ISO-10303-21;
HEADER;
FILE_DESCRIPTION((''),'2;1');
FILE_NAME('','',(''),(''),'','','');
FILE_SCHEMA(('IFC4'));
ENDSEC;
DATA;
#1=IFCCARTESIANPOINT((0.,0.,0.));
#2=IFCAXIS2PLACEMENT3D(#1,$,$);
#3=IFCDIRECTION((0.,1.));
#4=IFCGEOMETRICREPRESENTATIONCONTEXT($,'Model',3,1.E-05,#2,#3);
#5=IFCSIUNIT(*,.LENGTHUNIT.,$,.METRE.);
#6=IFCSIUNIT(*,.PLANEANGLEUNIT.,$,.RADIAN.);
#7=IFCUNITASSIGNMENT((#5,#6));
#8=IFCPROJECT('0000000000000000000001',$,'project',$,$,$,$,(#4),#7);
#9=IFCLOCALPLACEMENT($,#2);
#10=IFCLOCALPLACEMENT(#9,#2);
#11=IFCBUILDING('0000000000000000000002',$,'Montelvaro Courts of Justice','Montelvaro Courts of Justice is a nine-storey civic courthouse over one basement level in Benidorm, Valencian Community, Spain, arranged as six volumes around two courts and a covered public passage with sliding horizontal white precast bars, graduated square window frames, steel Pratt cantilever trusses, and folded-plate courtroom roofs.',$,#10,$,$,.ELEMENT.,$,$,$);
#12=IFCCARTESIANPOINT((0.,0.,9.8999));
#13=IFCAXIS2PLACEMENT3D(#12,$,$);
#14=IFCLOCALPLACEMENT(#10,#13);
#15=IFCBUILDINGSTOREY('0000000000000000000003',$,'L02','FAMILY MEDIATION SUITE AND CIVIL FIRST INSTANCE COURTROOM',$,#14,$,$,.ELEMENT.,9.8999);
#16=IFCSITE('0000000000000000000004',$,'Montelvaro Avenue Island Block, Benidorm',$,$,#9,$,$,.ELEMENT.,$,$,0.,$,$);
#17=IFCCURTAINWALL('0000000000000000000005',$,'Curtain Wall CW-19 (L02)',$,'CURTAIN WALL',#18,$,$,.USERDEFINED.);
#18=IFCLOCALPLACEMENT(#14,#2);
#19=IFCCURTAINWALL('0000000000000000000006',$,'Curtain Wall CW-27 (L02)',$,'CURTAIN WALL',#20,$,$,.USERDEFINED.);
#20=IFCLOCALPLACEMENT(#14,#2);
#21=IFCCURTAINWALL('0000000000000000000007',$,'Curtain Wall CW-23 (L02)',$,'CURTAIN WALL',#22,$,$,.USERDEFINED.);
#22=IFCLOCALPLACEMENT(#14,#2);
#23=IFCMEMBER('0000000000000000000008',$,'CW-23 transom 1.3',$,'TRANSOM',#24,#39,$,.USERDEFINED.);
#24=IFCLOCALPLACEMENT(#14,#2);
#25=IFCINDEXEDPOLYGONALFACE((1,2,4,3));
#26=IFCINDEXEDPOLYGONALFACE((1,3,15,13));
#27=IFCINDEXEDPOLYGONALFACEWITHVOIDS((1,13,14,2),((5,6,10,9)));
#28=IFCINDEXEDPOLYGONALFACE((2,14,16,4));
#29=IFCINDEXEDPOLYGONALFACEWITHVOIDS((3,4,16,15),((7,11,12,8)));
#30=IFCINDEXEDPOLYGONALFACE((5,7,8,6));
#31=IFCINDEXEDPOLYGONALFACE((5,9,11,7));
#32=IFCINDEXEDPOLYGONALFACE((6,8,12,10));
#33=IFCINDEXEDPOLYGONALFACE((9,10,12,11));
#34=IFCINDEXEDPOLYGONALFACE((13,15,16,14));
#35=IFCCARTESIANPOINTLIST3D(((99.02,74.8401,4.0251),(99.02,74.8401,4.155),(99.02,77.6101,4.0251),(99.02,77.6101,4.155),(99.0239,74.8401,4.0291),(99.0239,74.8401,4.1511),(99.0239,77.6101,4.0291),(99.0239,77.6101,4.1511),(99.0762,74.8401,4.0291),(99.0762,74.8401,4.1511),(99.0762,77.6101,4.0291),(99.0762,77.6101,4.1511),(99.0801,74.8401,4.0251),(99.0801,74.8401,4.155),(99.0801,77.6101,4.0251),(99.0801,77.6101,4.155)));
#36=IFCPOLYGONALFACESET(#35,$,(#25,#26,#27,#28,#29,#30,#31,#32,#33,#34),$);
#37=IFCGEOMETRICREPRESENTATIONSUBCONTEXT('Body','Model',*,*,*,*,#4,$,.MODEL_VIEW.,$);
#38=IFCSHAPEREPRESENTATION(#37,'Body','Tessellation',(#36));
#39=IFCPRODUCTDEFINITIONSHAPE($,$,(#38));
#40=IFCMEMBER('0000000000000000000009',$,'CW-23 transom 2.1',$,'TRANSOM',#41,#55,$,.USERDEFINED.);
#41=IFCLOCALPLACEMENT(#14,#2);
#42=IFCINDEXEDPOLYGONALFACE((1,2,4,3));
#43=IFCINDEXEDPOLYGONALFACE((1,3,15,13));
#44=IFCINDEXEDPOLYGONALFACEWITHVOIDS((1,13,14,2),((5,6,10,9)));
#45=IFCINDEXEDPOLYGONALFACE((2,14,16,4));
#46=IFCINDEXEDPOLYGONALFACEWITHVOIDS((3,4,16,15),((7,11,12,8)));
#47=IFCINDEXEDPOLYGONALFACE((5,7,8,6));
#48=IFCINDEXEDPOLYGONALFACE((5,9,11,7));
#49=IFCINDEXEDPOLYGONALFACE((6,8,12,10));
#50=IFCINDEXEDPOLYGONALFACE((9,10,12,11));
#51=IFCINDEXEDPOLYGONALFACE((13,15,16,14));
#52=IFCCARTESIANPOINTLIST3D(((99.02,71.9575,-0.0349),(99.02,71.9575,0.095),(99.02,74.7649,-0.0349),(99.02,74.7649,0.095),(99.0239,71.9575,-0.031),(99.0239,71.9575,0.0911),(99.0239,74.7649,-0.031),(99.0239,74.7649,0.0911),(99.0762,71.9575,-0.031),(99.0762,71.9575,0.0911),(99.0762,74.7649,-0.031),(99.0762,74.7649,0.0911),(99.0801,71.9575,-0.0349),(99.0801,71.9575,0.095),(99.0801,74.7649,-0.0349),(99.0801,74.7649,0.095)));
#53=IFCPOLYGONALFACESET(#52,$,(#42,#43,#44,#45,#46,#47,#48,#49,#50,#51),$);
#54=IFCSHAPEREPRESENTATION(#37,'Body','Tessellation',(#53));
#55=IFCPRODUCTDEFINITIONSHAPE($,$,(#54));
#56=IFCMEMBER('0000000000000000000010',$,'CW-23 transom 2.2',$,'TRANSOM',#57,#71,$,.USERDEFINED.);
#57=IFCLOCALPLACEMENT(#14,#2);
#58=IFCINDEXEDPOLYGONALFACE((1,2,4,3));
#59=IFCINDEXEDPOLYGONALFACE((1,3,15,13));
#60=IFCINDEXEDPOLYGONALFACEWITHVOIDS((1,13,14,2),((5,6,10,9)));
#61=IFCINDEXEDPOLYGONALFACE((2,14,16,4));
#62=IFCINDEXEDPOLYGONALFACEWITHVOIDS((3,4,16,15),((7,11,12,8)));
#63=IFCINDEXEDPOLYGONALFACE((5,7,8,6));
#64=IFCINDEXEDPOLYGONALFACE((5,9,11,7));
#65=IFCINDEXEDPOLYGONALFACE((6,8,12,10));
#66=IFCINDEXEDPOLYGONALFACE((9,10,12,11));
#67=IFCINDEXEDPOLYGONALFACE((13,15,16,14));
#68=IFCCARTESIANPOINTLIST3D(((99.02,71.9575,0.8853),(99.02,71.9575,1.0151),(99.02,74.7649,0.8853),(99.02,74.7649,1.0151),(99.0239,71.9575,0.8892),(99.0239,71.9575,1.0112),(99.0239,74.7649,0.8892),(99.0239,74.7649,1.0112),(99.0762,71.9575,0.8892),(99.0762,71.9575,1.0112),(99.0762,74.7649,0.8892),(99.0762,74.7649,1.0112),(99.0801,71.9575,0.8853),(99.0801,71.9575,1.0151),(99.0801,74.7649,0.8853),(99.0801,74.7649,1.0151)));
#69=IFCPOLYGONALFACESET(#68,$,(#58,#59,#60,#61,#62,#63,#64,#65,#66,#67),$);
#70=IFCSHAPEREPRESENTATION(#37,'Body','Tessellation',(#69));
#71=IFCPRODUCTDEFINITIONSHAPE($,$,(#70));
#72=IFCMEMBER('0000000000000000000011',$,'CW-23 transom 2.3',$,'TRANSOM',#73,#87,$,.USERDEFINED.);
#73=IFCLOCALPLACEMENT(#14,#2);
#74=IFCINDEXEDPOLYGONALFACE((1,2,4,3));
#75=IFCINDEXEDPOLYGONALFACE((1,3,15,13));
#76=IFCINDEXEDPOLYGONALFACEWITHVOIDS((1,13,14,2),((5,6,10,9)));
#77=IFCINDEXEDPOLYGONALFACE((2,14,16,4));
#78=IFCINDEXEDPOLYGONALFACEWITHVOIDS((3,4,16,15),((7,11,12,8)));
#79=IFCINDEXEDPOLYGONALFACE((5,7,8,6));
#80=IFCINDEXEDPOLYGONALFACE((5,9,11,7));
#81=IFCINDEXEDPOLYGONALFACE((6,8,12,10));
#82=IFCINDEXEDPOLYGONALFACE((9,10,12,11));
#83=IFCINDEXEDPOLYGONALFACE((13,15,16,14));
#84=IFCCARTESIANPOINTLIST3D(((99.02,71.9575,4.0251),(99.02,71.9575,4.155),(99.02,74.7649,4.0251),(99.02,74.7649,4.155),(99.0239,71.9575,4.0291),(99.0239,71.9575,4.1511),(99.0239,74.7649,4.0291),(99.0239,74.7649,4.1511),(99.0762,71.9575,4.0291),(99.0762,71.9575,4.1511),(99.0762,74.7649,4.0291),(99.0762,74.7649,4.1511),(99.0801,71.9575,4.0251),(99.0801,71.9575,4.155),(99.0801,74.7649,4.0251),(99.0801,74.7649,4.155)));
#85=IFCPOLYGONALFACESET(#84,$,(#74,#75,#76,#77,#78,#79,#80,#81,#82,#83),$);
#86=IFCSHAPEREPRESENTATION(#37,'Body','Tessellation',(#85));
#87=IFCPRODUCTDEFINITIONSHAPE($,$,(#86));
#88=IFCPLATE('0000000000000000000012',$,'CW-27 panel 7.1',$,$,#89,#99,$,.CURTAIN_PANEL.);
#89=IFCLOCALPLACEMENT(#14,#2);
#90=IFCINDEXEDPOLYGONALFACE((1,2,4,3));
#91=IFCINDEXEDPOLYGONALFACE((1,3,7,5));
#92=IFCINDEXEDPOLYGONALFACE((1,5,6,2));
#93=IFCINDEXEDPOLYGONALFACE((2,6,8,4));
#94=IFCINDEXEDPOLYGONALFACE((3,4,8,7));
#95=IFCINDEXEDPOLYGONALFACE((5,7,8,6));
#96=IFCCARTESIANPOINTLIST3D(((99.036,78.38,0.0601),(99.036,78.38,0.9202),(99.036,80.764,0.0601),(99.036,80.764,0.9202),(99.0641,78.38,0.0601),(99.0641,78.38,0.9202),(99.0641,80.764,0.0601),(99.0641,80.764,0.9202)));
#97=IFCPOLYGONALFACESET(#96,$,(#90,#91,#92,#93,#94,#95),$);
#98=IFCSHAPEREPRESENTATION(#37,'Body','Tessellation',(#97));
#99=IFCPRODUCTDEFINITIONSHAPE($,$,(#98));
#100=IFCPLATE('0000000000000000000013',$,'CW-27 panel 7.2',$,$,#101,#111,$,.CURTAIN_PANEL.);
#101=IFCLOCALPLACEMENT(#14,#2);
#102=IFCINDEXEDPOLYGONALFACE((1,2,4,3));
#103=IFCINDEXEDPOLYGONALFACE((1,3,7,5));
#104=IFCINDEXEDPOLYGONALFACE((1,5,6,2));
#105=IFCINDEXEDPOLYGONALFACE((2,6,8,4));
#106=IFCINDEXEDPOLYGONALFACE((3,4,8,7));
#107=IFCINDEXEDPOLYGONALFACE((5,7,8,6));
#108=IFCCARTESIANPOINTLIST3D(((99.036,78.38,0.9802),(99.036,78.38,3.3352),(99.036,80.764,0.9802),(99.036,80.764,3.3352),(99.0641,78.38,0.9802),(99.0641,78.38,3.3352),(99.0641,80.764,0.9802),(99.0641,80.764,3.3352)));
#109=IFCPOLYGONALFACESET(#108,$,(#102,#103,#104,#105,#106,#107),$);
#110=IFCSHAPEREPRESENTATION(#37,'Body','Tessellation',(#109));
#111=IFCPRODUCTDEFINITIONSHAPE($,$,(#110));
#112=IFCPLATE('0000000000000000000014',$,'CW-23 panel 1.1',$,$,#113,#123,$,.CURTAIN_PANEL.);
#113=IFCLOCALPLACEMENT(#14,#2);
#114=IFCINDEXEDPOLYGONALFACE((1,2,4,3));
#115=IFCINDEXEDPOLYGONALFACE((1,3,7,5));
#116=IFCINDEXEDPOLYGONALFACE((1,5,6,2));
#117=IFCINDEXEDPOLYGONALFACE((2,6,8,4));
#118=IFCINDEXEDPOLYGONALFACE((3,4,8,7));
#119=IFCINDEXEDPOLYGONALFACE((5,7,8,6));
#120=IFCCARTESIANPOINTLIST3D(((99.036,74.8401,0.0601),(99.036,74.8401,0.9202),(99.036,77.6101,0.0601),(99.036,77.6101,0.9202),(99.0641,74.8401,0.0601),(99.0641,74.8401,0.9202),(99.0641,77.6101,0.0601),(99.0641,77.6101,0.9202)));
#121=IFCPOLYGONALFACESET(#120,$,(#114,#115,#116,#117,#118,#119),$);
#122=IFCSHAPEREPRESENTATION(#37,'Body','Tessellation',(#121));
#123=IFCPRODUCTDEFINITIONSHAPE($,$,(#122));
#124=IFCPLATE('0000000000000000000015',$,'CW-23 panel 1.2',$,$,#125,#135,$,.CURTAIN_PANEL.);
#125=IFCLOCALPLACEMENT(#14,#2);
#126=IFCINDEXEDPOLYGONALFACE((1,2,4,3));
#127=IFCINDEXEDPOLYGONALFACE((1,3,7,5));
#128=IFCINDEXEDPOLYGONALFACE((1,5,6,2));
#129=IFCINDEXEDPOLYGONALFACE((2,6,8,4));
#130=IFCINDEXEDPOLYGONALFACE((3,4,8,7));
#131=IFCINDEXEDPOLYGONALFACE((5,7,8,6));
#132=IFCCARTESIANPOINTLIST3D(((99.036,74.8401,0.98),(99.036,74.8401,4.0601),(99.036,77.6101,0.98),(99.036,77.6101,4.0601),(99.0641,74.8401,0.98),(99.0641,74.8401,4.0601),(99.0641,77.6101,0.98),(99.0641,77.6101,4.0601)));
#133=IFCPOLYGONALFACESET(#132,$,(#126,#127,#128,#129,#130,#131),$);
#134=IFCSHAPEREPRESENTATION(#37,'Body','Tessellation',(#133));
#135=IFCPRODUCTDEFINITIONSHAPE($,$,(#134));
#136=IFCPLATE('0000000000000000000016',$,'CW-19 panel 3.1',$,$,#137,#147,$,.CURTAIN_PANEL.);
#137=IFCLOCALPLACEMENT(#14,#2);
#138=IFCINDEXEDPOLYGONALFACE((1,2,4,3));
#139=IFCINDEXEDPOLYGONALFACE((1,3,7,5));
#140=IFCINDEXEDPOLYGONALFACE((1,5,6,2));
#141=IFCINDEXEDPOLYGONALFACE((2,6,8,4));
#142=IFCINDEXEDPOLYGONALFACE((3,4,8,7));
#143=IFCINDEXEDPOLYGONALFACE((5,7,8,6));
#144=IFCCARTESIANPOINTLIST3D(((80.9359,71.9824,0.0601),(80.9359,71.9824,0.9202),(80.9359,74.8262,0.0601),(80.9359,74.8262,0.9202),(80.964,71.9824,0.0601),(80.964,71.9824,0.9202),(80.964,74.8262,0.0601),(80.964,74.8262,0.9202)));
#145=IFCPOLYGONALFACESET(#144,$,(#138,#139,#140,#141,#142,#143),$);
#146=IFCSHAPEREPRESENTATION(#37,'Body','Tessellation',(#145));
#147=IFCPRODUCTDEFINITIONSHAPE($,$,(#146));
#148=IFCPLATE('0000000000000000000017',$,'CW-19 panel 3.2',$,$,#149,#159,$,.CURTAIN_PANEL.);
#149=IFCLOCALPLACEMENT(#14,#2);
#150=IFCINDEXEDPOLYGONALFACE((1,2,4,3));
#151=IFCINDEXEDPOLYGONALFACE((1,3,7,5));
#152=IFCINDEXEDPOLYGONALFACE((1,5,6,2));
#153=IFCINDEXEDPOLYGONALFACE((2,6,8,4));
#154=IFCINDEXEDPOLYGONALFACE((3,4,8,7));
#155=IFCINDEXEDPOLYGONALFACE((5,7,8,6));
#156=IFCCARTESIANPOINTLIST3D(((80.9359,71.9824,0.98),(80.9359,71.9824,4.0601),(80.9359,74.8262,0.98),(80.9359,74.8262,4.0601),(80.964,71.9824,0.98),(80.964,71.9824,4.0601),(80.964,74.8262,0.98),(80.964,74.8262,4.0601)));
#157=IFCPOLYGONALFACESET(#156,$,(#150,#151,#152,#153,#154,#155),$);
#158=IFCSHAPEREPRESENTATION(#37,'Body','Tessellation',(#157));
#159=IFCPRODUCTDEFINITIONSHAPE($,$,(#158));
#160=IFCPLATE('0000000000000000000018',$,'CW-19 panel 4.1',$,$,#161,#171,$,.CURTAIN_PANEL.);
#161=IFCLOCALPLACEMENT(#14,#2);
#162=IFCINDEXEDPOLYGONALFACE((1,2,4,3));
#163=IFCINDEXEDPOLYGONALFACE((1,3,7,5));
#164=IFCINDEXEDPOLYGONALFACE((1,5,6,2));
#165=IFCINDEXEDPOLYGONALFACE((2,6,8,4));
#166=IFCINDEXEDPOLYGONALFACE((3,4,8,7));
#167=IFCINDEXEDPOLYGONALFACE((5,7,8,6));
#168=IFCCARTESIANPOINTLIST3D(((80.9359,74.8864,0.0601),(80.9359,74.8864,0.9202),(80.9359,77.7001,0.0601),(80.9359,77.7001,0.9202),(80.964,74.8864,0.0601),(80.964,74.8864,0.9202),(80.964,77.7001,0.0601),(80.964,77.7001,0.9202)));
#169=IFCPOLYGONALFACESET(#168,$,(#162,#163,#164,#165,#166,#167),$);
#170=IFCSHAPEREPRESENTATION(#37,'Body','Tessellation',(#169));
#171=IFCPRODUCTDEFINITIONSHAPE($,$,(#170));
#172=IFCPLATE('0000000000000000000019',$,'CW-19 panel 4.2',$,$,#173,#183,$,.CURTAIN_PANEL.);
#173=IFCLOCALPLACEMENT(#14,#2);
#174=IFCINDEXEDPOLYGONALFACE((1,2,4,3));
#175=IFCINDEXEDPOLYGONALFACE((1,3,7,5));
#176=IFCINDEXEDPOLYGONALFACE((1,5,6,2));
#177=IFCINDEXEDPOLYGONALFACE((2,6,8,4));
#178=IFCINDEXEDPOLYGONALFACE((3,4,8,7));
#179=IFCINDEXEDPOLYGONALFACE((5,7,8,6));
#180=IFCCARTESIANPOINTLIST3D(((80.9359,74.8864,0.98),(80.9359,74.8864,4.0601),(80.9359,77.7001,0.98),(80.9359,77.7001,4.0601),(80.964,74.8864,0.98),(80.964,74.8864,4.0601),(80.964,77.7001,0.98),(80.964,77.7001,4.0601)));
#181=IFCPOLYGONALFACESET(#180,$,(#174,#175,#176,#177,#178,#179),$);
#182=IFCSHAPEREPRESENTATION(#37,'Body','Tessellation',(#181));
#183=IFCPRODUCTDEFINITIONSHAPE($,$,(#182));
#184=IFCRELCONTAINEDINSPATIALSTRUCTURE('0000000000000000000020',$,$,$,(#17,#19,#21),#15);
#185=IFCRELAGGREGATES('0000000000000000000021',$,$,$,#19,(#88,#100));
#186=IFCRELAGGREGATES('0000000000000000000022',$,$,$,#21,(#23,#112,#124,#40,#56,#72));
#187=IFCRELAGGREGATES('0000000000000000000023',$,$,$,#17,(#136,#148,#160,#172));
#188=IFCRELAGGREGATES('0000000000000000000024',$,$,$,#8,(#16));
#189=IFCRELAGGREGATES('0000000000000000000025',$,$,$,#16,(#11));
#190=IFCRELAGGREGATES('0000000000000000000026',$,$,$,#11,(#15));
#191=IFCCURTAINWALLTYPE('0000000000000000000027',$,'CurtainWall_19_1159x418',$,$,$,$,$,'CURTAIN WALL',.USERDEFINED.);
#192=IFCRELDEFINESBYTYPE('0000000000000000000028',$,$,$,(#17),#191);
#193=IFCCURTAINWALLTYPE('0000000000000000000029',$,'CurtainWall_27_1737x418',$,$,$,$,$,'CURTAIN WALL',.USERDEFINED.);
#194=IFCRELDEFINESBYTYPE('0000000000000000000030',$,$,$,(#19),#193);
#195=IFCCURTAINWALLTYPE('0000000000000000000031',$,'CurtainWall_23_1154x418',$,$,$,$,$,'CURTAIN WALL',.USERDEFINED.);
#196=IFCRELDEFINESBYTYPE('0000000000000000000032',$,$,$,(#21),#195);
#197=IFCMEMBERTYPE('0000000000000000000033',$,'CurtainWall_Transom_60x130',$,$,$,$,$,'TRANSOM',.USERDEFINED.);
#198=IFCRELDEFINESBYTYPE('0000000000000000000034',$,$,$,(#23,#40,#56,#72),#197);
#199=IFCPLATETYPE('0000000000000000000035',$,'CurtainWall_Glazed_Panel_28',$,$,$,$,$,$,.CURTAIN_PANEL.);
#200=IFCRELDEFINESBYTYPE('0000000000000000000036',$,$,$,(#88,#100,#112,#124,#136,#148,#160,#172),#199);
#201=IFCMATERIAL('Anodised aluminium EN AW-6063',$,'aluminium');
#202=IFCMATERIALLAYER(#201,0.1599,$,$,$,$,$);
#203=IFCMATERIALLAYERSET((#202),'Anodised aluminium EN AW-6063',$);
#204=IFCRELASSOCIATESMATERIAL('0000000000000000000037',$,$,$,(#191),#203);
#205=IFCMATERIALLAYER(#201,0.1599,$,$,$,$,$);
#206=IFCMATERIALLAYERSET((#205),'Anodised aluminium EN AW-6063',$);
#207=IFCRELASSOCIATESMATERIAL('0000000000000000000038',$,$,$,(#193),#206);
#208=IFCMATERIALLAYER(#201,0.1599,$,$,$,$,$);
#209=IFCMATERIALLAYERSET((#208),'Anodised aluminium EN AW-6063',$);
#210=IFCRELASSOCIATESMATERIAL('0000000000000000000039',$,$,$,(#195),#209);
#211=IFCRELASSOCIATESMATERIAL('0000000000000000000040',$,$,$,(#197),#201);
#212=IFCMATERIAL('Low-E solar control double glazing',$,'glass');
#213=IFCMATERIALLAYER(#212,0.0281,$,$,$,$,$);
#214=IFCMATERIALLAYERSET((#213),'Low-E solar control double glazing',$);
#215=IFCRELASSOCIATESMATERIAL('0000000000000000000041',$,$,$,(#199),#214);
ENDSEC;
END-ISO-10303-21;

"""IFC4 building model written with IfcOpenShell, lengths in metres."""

from ifc_helpers import new_model, si_unit, direction, frame, origin, origin_2d, place, context, subcontext, project, spatial, rectangle, hollow_rectangle, extrude, material, layer, layer_set, material_profile, profile_set, type_object, element, aggregate, save


model = new_model("IFC4")

# Units and contexts
model_context = context("Model", 3, precision=1e-05, world=origin(), true_north=direction((0.0, 1.0)))
body_context = subcontext(model_context, "Body", "Model", "MODEL_VIEW")
ifc_project = project(units=[si_unit("LENGTHUNIT", "METRE"), si_unit("PLANEANGLEUNIT", "RADIAN")], contexts=[model_context])

# Site, building, storey
site_placement = place(None, origin())
site = spatial("IfcSite", under=ifc_project, at=site_placement, Name="Montelvaro Avenue Island Block, Benidorm", CompositionType="ELEMENT", RefElevation=0.0)
building_placement = place(site_placement, origin())
building = spatial("IfcBuilding", under=site, at=building_placement, Name="Montelvaro Courts of Justice", Description="Montelvaro Courts of Justice is a nine-storey civic courthouse over one basement level in Benidorm, Valencian Community, Spain, arranged as six volumes around two courts and a covered public passage with sliding horizontal white precast bars, graduated square window frames, steel Pratt cantilever trusses, and folded-plate courtroom roofs.", CompositionType="ELEMENT")
storey_placement = place(building_placement, frame((0.0, 0.0, 9.8999)))
storey = spatial("IfcBuildingStorey", under=building, at=storey_placement, Name="L02", Description="FAMILY MEDIATION SUITE AND CIVIL FIRST INSTANCE COURTROOM", CompositionType="ELEMENT", Elevation=9.8999)

# Curtain wall
ifc_material_1 = material(Name="Anodised aluminium EN AW-6063", Category="aluminium")
ifc_layer_1 = layer(ifc_material_1, 0.1599)
ifc_layer_set_1 = layer_set([ifc_layer_1], Name="Anodised aluminium EN AW-6063")
curtain_wall_type_1 = type_object("IfcCurtainWallType", Name="CurtainWall_19_1159x418", ElementType="CURTAIN WALL", PredefinedType="USERDEFINED", material=ifc_layer_set_1)
curtain_wall_1_placement = place(storey_placement, origin())
curtain_wall_1 = element("IfcCurtainWall", 1, at=curtain_wall_1_placement, inside=storey, type_object=curtain_wall_type_1, Name="Curtain Wall CW-19 (L02)", ObjectType="CURTAIN WALL", PredefinedType="USERDEFINED")

# Curtain wall
ifc_layer_2 = layer(ifc_material_1, 0.1599)
ifc_layer_set_2 = layer_set([ifc_layer_2], Name="Anodised aluminium EN AW-6063")
curtain_wall_type_2 = type_object("IfcCurtainWallType", Name="CurtainWall_27_1737x418", ElementType="CURTAIN WALL", PredefinedType="USERDEFINED", material=ifc_layer_set_2)
curtain_wall_2_placement = place(storey_placement, origin())
curtain_wall_2 = element("IfcCurtainWall", 2, at=curtain_wall_2_placement, inside=storey, type_object=curtain_wall_type_2, Name="Curtain Wall CW-27 (L02)", ObjectType="CURTAIN WALL", PredefinedType="USERDEFINED")

# Curtain wall
ifc_layer_3 = layer(ifc_material_1, 0.1599)
ifc_layer_set_3 = layer_set([ifc_layer_3], Name="Anodised aluminium EN AW-6063")
curtain_wall_type_3 = type_object("IfcCurtainWallType", Name="CurtainWall_23_1154x418", ElementType="CURTAIN WALL", PredefinedType="USERDEFINED", material=ifc_layer_set_3)
curtain_wall_3_placement = place(storey_placement, origin())
curtain_wall_3 = element("IfcCurtainWall", 3, at=curtain_wall_3_placement, inside=storey, type_object=curtain_wall_type_3, Name="Curtain Wall CW-23 (L02)", ObjectType="CURTAIN WALL", PredefinedType="USERDEFINED")

# Members
ifc_material_profile_1 = material_profile(ifc_material_1, hollow_rectangle(XDim=0.0601, YDim=0.1299, WallThickness=0.0039, at=origin_2d()), Name="ALU-T 60x130")
ifc_profile_set_1 = profile_set([ifc_material_profile_1], Name="Anodised aluminium EN AW-6063")
member_type_1 = type_object("IfcMemberType", Name="CurtainWall_Transom_60x130", ElementType="TRANSOM", PredefinedType="USERDEFINED", material=ifc_profile_set_1)
member_1_placement = place(storey_placement, frame((99.05, 77.6101, 4.0901), z_axis=(0.0, -1.0, 0.0), x_axis=(1.0, 0.0, 0.0)))
member_1 = element("IfcMember", 4, at=member_1_placement, type_object=member_type_1, Name="CW-23 transom 1.3", ObjectType="TRANSOM", PredefinedType="USERDEFINED", context=body_context, shape_type="SweptSolid", body=[
    extrude(hollow_rectangle(XDim=0.0601, YDim=0.1299, WallThickness=0.0039, at=origin_2d()), origin(), (0.0, 0.0, 1.0), 2.77),
])
member_2_placement = place(storey_placement, frame((99.05, 74.7649, 0.03), z_axis=(0.0, -1.0, 0.0), x_axis=(1.0, 0.0, 0.0)))
member_2 = element("IfcMember", 5, at=member_2_placement, type_object=member_type_1, Name="CW-23 transom 2.1", ObjectType="TRANSOM", PredefinedType="USERDEFINED", context=body_context, shape_type="SweptSolid", body=[
    extrude(hollow_rectangle(XDim=0.0601, YDim=0.1299, WallThickness=0.0039, at=origin_2d()), origin(), (0.0, 0.0, 1.0), 2.8074),
])
member_3_placement = place(storey_placement, frame((99.05, 74.7649, 0.9502), z_axis=(0.0, -1.0, 0.0), x_axis=(1.0, 0.0, 0.0)))
member_3 = element("IfcMember", 6, at=member_3_placement, type_object=member_type_1, Name="CW-23 transom 2.2", ObjectType="TRANSOM", PredefinedType="USERDEFINED", context=body_context, shape_type="SweptSolid", body=[
    extrude(hollow_rectangle(XDim=0.0601, YDim=0.1299, WallThickness=0.0039, at=origin_2d()), origin(), (0.0, 0.0, 1.0), 2.8074),
])
member_4_placement = place(storey_placement, frame((99.05, 74.7649, 4.0901), z_axis=(0.0, -1.0, 0.0), x_axis=(1.0, 0.0, 0.0)))
member_4 = element("IfcMember", 7, at=member_4_placement, type_object=member_type_1, Name="CW-23 transom 2.3", ObjectType="TRANSOM", PredefinedType="USERDEFINED", context=body_context, shape_type="SweptSolid", body=[
    extrude(hollow_rectangle(XDim=0.0601, YDim=0.1299, WallThickness=0.0039, at=origin_2d()), origin(), (0.0, 0.0, 1.0), 2.8074),
])

# Plates
ifc_material_2 = material(Name="Low-E solar control double glazing", Category="glass")
ifc_layer_4 = layer(ifc_material_2, 0.0281)
ifc_layer_set_4 = layer_set([ifc_layer_4], Name="Low-E solar control double glazing")
plate_type = type_object("IfcPlateType", Name="CurtainWall_Glazed_Panel_28", PredefinedType="CURTAIN_PANEL", material=ifc_layer_set_4)
plate_1_placement = place(storey_placement, frame((99.05, 79.572, 0.0601), z_axis=(0.0, 0.0, 1.0), x_axis=(0.0, -1.0, 0.0)))
plate_1 = element("IfcPlate", 8, at=plate_1_placement, type_object=plate_type, Name="CW-27 panel 7.1", PredefinedType="CURTAIN_PANEL", context=body_context, shape_type="SweptSolid", body=[
    extrude(rectangle(XDim=2.384, YDim=0.0281, at=origin_2d()), origin(), (0.0, 0.0, 1.0), 0.8601),
])
plate_2_placement = place(storey_placement, frame((99.05, 79.572, 0.9802), z_axis=(0.0, 0.0, 1.0), x_axis=(0.0, -1.0, 0.0)))
plate_2 = element("IfcPlate", 9, at=plate_2_placement, type_object=plate_type, Name="CW-27 panel 7.2", PredefinedType="CURTAIN_PANEL", context=body_context, shape_type="SweptSolid", body=[
    extrude(rectangle(XDim=2.384, YDim=0.0281, at=origin_2d()), origin(), (0.0, 0.0, 1.0), 2.355),
])
aggregate(curtain_wall_2, [plate_1, plate_2])
plate_3_placement = place(storey_placement, frame((99.05, 76.2251, 0.0601), z_axis=(0.0, 0.0, 1.0), x_axis=(0.0, -1.0, 0.0)))
plate_3 = element("IfcPlate", 10, at=plate_3_placement, type_object=plate_type, Name="CW-23 panel 1.1", PredefinedType="CURTAIN_PANEL", context=body_context, shape_type="SweptSolid", body=[
    extrude(rectangle(XDim=2.77, YDim=0.0281, at=origin_2d()), origin(), (0.0, 0.0, 1.0), 0.8601),
])
plate_4_placement = place(storey_placement, frame((99.05, 76.2251, 0.98), z_axis=(0.0, 0.0, 1.0), x_axis=(0.0, -1.0, 0.0)))
plate_4 = element("IfcPlate", 11, at=plate_4_placement, type_object=plate_type, Name="CW-23 panel 1.2", PredefinedType="CURTAIN_PANEL", context=body_context, shape_type="SweptSolid", body=[
    extrude(rectangle(XDim=2.77, YDim=0.0281, at=origin_2d()), origin(), (0.0, 0.0, 1.0), 3.0801),
])
aggregate(curtain_wall_3, [member_1, plate_3, plate_4, member_2, member_3, member_4])
plate_5_placement = place(storey_placement, frame((80.95, 73.4043, 0.0601), z_axis=(0.0, 0.0, 1.0), x_axis=(0.0, 1.0, 0.0)))
plate_5 = element("IfcPlate", 12, at=plate_5_placement, type_object=plate_type, Name="CW-19 panel 3.1", PredefinedType="CURTAIN_PANEL", context=body_context, shape_type="SweptSolid", body=[
    extrude(rectangle(XDim=2.8438, YDim=0.0281, at=origin_2d()), origin(), (0.0, 0.0, 1.0), 0.8601),
])
plate_6_placement = place(storey_placement, frame((80.95, 73.4043, 0.98), z_axis=(0.0, 0.0, 1.0), x_axis=(0.0, 1.0, 0.0)))
plate_6 = element("IfcPlate", 13, at=plate_6_placement, type_object=plate_type, Name="CW-19 panel 3.2", PredefinedType="CURTAIN_PANEL", context=body_context, shape_type="SweptSolid", body=[
    extrude(rectangle(XDim=2.8438, YDim=0.0281, at=origin_2d()), origin(), (0.0, 0.0, 1.0), 3.0801),
])
plate_7_placement = place(storey_placement, frame((80.95, 76.2932, 0.0601), z_axis=(0.0, 0.0, 1.0), x_axis=(0.0, 1.0, 0.0)))
plate_7 = element("IfcPlate", 14, at=plate_7_placement, type_object=plate_type, Name="CW-19 panel 4.1", PredefinedType="CURTAIN_PANEL", context=body_context, shape_type="SweptSolid", body=[
    extrude(rectangle(XDim=2.8137, YDim=0.0281, at=origin_2d()), origin(), (0.0, 0.0, 1.0), 0.8601),
])
plate_8_placement = place(storey_placement, frame((80.95, 76.2932, 0.98), z_axis=(0.0, 0.0, 1.0), x_axis=(0.0, 1.0, 0.0)))
plate_8 = element("IfcPlate", 15, at=plate_8_placement, type_object=plate_type, Name="CW-19 panel 4.2", PredefinedType="CURTAIN_PANEL", context=body_context, shape_type="SweptSolid", body=[
    extrude(rectangle(XDim=2.8137, YDim=0.0281, at=origin_2d()), origin(), (0.0, 0.0, 1.0), 3.0801),
])
aggregate(curtain_wall_1, [plate_5, plate_6, plate_7, plate_8])

save(model, "model.ifc")
